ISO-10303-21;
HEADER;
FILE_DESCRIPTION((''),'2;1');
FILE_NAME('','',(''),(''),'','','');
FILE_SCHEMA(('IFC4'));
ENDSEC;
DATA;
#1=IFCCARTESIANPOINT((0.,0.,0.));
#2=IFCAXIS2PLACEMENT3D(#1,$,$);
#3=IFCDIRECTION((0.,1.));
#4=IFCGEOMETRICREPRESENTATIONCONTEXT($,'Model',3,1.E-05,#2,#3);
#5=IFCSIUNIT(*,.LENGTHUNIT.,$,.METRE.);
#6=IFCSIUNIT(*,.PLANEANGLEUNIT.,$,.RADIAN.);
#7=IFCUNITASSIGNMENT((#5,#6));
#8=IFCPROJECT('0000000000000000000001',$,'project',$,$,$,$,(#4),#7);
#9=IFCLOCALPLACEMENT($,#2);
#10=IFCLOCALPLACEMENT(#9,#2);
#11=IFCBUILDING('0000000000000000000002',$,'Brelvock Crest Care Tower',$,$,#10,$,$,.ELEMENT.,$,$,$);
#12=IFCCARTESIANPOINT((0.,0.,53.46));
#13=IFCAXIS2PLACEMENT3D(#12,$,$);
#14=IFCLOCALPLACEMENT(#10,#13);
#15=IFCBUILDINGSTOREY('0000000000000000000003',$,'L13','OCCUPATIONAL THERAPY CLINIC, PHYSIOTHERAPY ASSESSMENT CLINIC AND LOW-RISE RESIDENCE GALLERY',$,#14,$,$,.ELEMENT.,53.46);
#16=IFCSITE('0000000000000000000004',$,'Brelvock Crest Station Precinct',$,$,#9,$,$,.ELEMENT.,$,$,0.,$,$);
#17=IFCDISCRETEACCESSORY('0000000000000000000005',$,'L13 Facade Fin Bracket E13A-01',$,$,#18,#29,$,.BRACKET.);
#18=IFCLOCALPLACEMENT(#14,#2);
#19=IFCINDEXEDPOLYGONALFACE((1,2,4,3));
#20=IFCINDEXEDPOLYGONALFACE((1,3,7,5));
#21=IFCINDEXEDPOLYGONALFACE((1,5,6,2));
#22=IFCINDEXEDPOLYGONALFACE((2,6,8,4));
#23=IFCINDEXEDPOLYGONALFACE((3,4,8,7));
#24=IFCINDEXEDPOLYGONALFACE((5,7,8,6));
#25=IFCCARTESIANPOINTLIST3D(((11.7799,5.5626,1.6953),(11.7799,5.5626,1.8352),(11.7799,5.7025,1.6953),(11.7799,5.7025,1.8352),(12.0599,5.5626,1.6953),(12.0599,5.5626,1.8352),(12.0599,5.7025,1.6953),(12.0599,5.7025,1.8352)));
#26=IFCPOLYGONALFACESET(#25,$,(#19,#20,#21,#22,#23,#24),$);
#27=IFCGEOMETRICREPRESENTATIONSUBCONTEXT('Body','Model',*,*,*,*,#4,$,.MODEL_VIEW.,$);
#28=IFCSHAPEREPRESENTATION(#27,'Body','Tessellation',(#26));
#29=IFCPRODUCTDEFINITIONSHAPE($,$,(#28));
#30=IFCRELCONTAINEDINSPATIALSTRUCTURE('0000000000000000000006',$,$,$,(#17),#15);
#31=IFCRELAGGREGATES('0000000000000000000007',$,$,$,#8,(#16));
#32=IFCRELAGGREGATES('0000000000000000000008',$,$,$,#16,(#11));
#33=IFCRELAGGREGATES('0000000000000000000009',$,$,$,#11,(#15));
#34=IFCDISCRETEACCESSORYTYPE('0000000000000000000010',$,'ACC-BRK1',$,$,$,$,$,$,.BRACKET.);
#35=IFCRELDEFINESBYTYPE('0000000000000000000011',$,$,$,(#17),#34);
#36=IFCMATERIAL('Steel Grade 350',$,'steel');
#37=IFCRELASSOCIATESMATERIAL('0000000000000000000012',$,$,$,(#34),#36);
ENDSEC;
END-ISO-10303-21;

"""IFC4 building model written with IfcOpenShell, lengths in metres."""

from ifc_helpers import new_model, si_unit, direction, frame, origin, origin_2d, place, context, subcontext, project, spatial, rectangle, extrude, source, transform, mapped, material, type_object, element, save


model = new_model("IFC4")

# Units and contexts
model_context = context("Model", 3, precision=1e-05, world=origin(), true_north=direction((0.0, 1.0)))
body_context = subcontext(model_context, "Body", "Model", "MODEL_VIEW")
ifc_project = project(units=[si_unit("LENGTHUNIT", "METRE"), si_unit("PLANEANGLEUNIT", "RADIAN")], contexts=[model_context])

# Site, building, storey
site_placement = place(None, origin())
site = spatial("IfcSite", under=ifc_project, at=site_placement, Name="Brelvock Crest Station Precinct", CompositionType="ELEMENT", RefElevation=0.0)
building_placement = place(site_placement, origin())
building = spatial("IfcBuilding", under=site, at=building_placement, Name="Brelvock Crest Care Tower", CompositionType="ELEMENT")
storey_placement = place(building_placement, frame((0.0, 0.0, 53.46)))
storey = spatial("IfcBuildingStorey", under=building, at=storey_placement, Name="L13", Description="OCCUPATIONAL THERAPY CLINIC, PHYSIOTHERAPY ASSESSMENT CLINIC AND LOW-RISE RESIDENCE GALLERY", CompositionType="ELEMENT", Elevation=53.46)

# Discrete accessory
ifc_material_1 = material(Name="Steel Grade 350", Category="steel")
discrete_accessory_type = type_object("IfcDiscreteAccessoryType", Name="ACC-BRK1", PredefinedType="BRACKET", material=ifc_material_1)
shared_shape_1 = source(origin(), body_context, "Body", "SweptSolid", [
    extrude(rectangle(XDim=0.28, YDim=0.1399, at=origin_2d()), origin(), (0.0, 0.0, 1.0), 0.1399),
])
discrete_accessory_placement = place(storey_placement, frame((11.9199, 5.6326, 1.6953), z_axis=(0.0, 0.0, 1.0), x_axis=(-1.0, 0.0, 0.0)))
element("IfcDiscreteAccessory", 1, at=discrete_accessory_placement, inside=storey, type_object=discrete_accessory_type, Name="L13 Facade Fin Bracket E13A-01", PredefinedType="BRACKET", context=body_context, shape_type="MappedRepresentation", body=[
    mapped(shared_shape_1, transform((0.0, 0.0, 0.0), x_axis=(1.0, 0.0, 0.0), y_axis=(0.0, 1.0, 0.0), z_axis=(0.0, 0.0, 1.0), scale=1.0)),
])

save(model, "model.ifc")
